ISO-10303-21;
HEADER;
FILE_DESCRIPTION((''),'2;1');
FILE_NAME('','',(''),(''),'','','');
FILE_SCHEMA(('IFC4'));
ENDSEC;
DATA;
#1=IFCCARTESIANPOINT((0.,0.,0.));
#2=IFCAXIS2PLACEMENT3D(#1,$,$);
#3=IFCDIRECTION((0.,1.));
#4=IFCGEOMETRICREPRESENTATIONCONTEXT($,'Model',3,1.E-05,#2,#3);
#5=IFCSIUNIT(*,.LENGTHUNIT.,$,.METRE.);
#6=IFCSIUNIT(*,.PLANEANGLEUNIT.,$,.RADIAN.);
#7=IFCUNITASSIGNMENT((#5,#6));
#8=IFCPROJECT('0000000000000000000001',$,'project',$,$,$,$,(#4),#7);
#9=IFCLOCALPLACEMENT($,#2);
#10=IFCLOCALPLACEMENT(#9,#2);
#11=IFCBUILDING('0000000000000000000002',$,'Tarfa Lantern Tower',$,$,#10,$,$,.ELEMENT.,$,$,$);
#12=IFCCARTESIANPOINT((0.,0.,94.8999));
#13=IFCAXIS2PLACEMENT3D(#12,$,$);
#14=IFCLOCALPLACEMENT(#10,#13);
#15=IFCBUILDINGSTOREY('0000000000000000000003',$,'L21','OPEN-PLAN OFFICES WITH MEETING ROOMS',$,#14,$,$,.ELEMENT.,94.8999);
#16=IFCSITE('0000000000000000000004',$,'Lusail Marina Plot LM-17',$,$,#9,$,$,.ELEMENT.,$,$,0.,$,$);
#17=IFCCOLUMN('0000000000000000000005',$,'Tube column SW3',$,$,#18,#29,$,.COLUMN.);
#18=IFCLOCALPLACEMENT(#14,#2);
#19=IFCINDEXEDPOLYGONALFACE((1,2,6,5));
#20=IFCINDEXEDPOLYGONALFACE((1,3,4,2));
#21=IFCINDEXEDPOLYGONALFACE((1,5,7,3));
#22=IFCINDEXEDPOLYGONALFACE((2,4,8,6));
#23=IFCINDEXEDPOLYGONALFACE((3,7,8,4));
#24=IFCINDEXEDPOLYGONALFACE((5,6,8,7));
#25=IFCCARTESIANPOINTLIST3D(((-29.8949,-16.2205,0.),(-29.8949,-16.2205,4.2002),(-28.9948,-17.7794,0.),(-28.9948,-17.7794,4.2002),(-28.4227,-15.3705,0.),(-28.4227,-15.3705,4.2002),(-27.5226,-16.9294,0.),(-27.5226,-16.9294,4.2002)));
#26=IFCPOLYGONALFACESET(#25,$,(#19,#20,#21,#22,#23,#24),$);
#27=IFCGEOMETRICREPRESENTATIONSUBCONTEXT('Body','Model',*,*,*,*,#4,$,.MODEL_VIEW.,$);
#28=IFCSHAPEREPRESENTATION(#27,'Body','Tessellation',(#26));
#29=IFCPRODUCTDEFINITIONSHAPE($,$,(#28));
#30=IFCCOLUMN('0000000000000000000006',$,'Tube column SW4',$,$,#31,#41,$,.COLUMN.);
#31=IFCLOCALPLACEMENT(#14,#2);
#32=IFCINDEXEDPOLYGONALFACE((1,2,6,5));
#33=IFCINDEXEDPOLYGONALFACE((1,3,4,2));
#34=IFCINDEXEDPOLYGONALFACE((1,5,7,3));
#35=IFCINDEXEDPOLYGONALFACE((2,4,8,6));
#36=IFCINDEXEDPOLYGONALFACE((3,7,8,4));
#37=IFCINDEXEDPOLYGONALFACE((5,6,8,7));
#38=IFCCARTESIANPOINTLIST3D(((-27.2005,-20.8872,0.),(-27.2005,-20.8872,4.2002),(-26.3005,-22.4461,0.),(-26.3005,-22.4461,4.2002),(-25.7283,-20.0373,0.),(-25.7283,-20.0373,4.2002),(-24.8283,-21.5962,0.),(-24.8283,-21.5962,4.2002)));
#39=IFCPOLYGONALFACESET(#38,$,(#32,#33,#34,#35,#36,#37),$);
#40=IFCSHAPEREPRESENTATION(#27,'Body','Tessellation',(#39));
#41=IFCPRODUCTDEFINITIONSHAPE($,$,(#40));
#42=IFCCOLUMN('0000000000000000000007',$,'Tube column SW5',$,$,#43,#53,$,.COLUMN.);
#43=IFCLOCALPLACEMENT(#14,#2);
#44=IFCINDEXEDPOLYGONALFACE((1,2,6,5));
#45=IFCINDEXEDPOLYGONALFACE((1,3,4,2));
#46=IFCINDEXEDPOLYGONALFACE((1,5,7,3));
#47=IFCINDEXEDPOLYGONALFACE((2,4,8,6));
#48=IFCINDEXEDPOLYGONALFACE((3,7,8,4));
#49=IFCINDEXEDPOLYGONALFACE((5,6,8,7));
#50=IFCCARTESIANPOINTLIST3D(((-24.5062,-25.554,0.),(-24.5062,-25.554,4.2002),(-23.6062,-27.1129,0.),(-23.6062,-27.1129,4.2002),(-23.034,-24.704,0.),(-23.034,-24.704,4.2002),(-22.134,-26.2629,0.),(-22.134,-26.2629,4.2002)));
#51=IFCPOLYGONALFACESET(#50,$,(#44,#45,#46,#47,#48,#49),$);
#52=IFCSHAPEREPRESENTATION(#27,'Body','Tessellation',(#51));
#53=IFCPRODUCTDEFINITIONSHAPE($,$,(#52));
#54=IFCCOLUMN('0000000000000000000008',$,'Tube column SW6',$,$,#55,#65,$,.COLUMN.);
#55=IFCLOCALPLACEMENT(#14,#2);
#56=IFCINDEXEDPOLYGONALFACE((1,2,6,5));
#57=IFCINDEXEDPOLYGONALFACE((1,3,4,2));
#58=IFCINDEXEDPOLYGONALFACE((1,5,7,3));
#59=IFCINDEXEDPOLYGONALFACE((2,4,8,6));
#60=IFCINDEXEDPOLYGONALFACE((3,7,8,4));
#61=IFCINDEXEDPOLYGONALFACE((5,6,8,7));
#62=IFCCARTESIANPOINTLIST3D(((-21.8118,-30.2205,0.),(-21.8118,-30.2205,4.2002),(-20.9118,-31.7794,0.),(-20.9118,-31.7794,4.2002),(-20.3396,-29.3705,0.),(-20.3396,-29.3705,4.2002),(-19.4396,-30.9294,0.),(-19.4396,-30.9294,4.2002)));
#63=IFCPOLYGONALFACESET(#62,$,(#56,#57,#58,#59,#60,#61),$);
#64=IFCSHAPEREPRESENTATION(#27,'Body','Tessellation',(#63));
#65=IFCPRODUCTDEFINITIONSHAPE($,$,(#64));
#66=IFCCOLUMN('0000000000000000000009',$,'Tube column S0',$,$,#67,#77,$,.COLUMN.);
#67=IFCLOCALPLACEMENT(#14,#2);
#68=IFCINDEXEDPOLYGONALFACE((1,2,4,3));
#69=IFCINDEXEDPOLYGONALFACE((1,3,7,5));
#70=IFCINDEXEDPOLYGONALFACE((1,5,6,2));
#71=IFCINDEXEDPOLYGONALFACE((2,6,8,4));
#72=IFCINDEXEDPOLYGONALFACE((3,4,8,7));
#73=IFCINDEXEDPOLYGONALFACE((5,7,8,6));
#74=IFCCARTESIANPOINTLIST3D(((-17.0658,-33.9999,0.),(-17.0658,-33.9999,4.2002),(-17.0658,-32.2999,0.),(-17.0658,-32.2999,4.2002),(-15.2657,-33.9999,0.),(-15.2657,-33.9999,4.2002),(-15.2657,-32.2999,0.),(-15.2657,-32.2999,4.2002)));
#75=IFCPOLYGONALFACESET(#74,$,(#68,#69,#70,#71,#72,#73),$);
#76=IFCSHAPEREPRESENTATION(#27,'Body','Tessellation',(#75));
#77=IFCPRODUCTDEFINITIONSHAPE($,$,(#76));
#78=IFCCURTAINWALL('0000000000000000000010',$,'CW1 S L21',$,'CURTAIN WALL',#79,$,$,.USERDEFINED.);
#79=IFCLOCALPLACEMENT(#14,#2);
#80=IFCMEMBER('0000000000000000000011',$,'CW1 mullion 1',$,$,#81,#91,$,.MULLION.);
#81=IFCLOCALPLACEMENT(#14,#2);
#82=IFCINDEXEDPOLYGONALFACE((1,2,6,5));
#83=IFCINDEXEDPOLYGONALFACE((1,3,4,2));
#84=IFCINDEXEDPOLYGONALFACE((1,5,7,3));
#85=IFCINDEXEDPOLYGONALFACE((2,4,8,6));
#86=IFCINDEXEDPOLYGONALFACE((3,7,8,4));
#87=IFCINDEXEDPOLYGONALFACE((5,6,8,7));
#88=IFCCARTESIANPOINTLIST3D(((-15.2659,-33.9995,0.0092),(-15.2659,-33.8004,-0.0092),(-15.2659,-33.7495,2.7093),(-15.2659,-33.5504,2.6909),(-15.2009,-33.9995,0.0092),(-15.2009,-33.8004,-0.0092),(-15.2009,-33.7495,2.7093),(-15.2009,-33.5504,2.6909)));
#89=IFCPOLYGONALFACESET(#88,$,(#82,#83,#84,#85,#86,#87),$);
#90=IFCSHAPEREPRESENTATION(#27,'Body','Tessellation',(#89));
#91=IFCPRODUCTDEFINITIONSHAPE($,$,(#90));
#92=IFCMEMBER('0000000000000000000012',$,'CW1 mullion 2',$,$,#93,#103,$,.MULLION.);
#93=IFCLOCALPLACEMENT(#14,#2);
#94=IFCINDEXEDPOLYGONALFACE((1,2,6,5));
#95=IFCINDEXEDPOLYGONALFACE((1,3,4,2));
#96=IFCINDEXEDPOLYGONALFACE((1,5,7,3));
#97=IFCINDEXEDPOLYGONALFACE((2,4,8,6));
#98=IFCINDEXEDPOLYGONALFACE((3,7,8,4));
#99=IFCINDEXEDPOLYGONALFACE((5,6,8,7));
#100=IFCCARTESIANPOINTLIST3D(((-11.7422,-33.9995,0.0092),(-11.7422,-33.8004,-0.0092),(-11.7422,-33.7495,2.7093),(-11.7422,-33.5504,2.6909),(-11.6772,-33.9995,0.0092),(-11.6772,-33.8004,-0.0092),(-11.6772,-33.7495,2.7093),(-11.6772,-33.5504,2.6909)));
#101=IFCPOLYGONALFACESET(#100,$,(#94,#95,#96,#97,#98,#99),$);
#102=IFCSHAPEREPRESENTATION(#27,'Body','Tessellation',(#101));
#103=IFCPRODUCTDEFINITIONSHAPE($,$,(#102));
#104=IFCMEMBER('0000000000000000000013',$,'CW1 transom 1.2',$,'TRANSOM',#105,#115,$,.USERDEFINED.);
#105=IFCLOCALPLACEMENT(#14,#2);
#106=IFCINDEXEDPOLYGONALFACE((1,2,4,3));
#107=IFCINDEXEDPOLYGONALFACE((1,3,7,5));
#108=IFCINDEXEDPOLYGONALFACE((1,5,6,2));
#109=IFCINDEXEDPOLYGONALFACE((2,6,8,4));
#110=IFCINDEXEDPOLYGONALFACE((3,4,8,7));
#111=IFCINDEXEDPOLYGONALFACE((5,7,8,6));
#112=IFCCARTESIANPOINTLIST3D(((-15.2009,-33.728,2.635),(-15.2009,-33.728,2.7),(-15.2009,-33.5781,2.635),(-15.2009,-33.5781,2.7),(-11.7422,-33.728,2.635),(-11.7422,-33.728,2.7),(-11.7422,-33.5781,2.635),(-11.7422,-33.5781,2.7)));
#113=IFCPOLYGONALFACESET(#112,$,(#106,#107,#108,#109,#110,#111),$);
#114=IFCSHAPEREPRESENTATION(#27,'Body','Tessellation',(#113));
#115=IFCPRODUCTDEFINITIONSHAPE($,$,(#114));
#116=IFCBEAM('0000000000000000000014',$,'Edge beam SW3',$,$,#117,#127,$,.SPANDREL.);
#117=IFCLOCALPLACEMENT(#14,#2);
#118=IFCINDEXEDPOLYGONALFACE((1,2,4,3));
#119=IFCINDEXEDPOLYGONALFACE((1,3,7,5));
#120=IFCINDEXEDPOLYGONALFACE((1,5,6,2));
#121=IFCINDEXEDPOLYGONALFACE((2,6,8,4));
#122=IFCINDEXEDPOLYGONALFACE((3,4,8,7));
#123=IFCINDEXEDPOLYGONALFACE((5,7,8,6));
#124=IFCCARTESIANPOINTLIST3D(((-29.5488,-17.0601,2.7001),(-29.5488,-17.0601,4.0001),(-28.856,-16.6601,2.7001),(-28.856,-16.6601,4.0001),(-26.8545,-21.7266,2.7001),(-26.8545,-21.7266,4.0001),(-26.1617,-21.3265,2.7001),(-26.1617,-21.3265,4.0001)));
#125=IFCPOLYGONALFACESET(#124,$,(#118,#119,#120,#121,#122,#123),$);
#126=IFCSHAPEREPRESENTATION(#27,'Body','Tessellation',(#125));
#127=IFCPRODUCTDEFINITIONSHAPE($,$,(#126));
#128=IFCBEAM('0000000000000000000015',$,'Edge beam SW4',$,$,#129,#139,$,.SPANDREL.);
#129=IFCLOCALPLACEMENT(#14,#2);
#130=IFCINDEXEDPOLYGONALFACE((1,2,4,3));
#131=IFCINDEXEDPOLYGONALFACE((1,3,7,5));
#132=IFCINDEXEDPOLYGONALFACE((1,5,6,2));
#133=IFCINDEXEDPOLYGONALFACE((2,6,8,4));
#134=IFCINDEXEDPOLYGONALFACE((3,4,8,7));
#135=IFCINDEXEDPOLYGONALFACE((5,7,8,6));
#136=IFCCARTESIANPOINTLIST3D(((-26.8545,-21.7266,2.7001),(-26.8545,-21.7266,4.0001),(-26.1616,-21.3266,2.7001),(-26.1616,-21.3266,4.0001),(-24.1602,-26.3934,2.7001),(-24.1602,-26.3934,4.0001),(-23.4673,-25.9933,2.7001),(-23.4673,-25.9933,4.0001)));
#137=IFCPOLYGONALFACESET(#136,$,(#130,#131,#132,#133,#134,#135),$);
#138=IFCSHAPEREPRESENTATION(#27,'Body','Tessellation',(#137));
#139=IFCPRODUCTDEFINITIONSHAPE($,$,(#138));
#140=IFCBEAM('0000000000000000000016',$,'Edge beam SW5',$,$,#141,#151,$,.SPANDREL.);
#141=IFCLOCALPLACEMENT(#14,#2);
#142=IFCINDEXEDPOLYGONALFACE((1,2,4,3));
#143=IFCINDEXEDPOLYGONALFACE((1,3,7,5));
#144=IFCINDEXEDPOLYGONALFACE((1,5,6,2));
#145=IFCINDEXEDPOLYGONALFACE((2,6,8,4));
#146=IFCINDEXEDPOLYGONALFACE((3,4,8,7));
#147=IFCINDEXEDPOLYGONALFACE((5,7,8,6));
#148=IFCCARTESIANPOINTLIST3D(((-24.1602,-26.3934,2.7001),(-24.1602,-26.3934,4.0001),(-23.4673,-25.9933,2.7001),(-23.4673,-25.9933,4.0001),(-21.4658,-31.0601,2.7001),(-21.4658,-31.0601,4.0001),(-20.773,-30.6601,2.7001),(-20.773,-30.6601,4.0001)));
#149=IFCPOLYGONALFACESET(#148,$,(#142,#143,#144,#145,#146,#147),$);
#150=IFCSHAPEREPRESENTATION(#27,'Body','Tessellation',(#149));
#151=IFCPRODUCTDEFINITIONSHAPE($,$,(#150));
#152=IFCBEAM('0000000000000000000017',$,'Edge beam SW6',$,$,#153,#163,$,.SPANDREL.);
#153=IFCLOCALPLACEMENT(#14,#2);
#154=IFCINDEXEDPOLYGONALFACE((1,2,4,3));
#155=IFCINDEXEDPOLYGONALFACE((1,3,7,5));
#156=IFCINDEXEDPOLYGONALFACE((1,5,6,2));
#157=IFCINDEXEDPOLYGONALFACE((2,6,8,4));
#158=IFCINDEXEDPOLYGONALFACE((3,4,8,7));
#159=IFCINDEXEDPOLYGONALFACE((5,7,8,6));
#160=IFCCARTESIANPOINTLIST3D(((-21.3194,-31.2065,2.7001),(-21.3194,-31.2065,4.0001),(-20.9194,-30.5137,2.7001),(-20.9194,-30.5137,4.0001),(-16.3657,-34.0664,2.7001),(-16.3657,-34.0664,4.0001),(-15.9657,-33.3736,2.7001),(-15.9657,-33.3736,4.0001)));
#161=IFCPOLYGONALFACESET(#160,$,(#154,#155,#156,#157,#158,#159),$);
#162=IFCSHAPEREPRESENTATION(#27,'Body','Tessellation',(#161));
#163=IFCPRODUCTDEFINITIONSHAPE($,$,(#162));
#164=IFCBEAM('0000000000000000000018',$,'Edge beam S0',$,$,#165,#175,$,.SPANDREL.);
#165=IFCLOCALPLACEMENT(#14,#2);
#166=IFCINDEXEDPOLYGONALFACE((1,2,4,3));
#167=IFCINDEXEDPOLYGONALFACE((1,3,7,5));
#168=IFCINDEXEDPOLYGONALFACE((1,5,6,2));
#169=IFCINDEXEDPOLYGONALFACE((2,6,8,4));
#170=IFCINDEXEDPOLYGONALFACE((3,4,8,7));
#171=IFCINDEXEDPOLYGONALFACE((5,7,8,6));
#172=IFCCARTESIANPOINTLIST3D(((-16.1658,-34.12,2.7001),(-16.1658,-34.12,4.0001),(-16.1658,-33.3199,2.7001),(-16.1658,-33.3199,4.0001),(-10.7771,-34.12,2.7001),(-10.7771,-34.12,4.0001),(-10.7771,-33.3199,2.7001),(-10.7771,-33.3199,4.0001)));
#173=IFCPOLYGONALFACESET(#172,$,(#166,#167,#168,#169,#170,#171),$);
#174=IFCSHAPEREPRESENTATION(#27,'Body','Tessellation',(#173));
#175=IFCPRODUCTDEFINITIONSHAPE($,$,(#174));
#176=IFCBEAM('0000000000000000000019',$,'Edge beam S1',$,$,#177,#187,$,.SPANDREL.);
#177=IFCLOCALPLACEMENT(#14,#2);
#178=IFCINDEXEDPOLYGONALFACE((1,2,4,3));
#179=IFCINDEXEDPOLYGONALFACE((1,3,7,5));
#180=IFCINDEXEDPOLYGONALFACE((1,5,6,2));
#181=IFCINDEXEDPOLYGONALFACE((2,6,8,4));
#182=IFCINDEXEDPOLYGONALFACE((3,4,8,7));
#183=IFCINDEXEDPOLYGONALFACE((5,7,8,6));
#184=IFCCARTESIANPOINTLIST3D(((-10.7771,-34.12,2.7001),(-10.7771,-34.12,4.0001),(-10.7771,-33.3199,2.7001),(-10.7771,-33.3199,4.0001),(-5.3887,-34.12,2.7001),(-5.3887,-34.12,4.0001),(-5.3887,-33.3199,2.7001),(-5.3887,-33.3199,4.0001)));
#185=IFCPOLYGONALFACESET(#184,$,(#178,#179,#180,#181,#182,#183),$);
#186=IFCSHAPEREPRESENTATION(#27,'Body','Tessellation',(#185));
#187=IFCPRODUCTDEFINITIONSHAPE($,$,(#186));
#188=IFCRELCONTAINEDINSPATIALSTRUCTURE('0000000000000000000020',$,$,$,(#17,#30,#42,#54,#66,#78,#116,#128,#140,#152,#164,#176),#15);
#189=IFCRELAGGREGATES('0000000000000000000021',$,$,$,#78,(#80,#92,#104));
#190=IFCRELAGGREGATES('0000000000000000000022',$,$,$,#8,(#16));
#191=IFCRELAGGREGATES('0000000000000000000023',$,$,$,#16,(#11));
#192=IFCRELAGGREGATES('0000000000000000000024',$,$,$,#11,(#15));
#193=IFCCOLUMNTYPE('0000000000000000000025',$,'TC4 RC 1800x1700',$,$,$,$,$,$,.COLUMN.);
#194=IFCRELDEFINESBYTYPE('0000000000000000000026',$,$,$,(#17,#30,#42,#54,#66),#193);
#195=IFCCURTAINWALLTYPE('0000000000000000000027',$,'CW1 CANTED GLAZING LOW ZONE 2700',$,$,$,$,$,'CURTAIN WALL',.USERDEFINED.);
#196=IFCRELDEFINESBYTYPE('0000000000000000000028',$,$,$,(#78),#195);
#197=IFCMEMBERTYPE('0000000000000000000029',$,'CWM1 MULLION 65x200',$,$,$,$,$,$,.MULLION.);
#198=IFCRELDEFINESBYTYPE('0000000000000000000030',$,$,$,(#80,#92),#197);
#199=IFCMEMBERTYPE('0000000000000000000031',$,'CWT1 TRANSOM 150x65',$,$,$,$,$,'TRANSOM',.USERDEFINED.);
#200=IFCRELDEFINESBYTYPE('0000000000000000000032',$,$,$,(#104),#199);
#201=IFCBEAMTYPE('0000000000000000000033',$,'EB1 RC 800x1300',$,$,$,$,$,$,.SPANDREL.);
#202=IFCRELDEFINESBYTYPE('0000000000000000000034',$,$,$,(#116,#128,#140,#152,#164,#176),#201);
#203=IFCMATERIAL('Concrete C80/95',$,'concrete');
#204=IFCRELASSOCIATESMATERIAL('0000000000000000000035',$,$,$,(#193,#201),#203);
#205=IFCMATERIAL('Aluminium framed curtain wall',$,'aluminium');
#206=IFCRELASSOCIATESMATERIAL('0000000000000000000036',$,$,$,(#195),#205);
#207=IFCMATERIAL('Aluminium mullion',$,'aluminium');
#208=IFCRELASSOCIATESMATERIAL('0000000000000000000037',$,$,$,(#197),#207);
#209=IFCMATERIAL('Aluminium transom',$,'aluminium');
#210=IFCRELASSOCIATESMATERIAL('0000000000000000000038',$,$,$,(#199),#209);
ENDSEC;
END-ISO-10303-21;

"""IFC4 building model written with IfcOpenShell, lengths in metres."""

from ifc_helpers import new_model, si_unit, direction, frame, origin, origin_2d, place, context, subcontext, project, spatial, rectangle, extrude, material, material_profile, profile_set, type_object, element, aggregate, save


model = new_model("IFC4")

# Units and contexts
model_context = context("Model", 3, precision=1e-05, world=origin(), true_north=direction((0.0, 1.0)))
body_context = subcontext(model_context, "Body", "Model", "MODEL_VIEW")
ifc_project = project(units=[si_unit("LENGTHUNIT", "METRE"), si_unit("PLANEANGLEUNIT", "RADIAN")], contexts=[model_context])

# Site, building, storey
site_placement = place(None, origin())
site = spatial("IfcSite", under=ifc_project, at=site_placement, Name="Lusail Marina Plot LM-17", CompositionType="ELEMENT", RefElevation=0.0)
building_placement = place(site_placement, origin())
building = spatial("IfcBuilding", under=site, at=building_placement, Name="Tarfa Lantern Tower", CompositionType="ELEMENT")
storey_placement = place(building_placement, frame((0.0, 0.0, 94.8999)))
storey = spatial("IfcBuildingStorey", under=building, at=storey_placement, Name="L21", Description="OPEN-PLAN OFFICES WITH MEETING ROOMS", CompositionType="ELEMENT", Elevation=94.8999)

# Columns
ifc_material_1 = material(Name="Concrete C80/95", Category="concrete")
ifc_material_profile_1 = material_profile(ifc_material_1, rectangle(XDim=1.8, YDim=1.7, at=origin_2d()), Name="RC 1800x1700")
ifc_profile_set_1 = profile_set([ifc_material_profile_1], Name="Concrete C80/95")
column_type = type_object("IfcColumnType", Name="TC4 RC 1800x1700", PredefinedType="COLUMN", material=ifc_profile_set_1)
for number, where, z_axis, x_axis, name in (
    (1, (-28.7087, -16.575, 0.0), (0.0, 0.0, 1.0), (0.5, -0.866025, 0.0), "Tube column SW3"),
    (2, (-26.0144, -21.2417, 0.0), (0.0, 0.0, 1.0), (0.5, -0.866025, 0.0), "Tube column SW4"),
    (3, (-23.3201, -25.9084, 0.0), (0.0, 0.0, 1.0), (0.5, -0.866025, 0.0), "Tube column SW5"),
    (4, (-20.6257, -30.575, 0.0), (0.0, 0.0, 1.0), (0.5, -0.866025, 0.0), "Tube column SW6"),
    (5, (-16.1658, -33.1499, 0.0), (0.0, 0.0, 1.0), (1.0, 0.0, 0.0), "Tube column S0"),
):
    element("IfcColumn", number, at=place(storey_placement, frame(where, z_axis=z_axis, x_axis=x_axis)), inside=storey, type_object=column_type, Name=name, PredefinedType="COLUMN", context=body_context, shape_type="SweptSolid", body=[
        extrude(rectangle(XDim=1.8, YDim=1.7, at=origin_2d()), origin(), (0.0, 0.0, 1.0), 4.2002),
    ])

# Curtain wall, members
ifc_material_2 = material(Name="Aluminium framed curtain wall", Category="aluminium")
curtain_wall_type = type_object("IfcCurtainWallType", Name="CW1 CANTED GLAZING LOW ZONE 2700", ElementType="CURTAIN WALL", PredefinedType="USERDEFINED", material=ifc_material_2)
curtain_wall_placement = place(storey_placement, origin())
curtain_wall = element("IfcCurtainWall", 6, at=curtain_wall_placement, inside=storey, type_object=curtain_wall_type, Name="CW1 S L21", ObjectType="CURTAIN WALL", PredefinedType="USERDEFINED")
ifc_material_3 = material(Name="Aluminium mullion", Category="aluminium")
ifc_material_profile_2 = material_profile(ifc_material_3, rectangle(XDim=0.0649, YDim=0.2, at=origin_2d()), Name="AL MULLION 65x200")
ifc_profile_set_2 = profile_set([ifc_material_profile_2], Name="Aluminium mullion")
member_type_1 = type_object("IfcMemberType", Name="CWM1 MULLION 65x200", PredefinedType="MULLION", material=ifc_profile_set_2)
member_1_placement = place(storey_placement, frame((-15.2334, -33.8999, 0.0), z_axis=(0.0, 0.092192, 0.995741), x_axis=(-1.0, 0.0, 0.0)))
member_1 = element("IfcMember", 7, at=member_1_placement, type_object=member_type_1, Name="CW1 mullion 1", PredefinedType="MULLION", context=body_context, shape_type="SweptSolid", body=[
    extrude(rectangle(XDim=0.0649, YDim=0.2, at=origin_2d()), origin(), (0.0, 0.0, 1.0), 2.7117),
])
member_2_placement = place(storey_placement, frame((-11.7097, -33.8999, 0.0), z_axis=(0.0, 0.092192, 0.995741), x_axis=(-1.0, 0.0, 0.0)))
member_2 = element("IfcMember", 8, at=member_2_placement, type_object=member_type_1, Name="CW1 mullion 2", PredefinedType="MULLION", context=body_context, shape_type="SweptSolid", body=[
    extrude(rectangle(XDim=0.0649, YDim=0.2, at=origin_2d()), origin(), (0.0, 0.0, 1.0), 2.7117),
])
ifc_material_4 = material(Name="Aluminium transom", Category="aluminium")
ifc_material_profile_3 = material_profile(ifc_material_4, rectangle(XDim=0.1499, YDim=0.0649, at=origin_2d()), Name="AL TRANSOM 150x65")
ifc_profile_set_3 = profile_set([ifc_material_profile_3], Name="Aluminium transom")
member_type_2 = type_object("IfcMemberType", Name="CWT1 TRANSOM 150x65", ElementType="TRANSOM", PredefinedType="USERDEFINED", material=ifc_profile_set_3)
member_3_placement = place(storey_placement, frame((-15.2009, -33.6531, 2.6675), z_axis=(1.0, 0.0, 0.0), x_axis=(0.0, 1.0, 0.0)))
member_3 = element("IfcMember", 9, at=member_3_placement, type_object=member_type_2, Name="CW1 transom 1.2", ObjectType="TRANSOM", PredefinedType="USERDEFINED", context=body_context, shape_type="SweptSolid", body=[
    extrude(rectangle(XDim=0.1499, YDim=0.0649, at=origin_2d()), origin(), (0.0, 0.0, 1.0), 3.4587),
])

# Beams
ifc_material_profile_4 = material_profile(ifc_material_1, rectangle(XDim=0.8, YDim=1.3, at=origin_2d()), Name="RC 800x1300")
ifc_profile_set_4 = profile_set([ifc_material_profile_4], Name="Concrete C80/95")
beam_type_1 = type_object("IfcBeamType", Name="EB1 RC 800x1300", PredefinedType="SPANDREL", material=ifc_profile_set_4)
beam_1_placement = place(storey_placement, frame((-29.2024, -16.8601, 3.3501), z_axis=(0.500018, -0.866015, 0.0), x_axis=(0.866015, 0.500018, 0.0)))
element("IfcBeam", 10, at=beam_1_placement, inside=storey, type_object=beam_type_1, Name="Edge beam SW3", PredefinedType="SPANDREL", context=body_context, shape_type="SweptSolid", body=[
    extrude(rectangle(XDim=0.8, YDim=1.3, at=origin_2d()), origin(), (0.0, 0.0, 1.0), 5.3884),
])
for number, where, z_axis, x_axis, name in (
    (11, (-26.5081, -21.5266, 3.3501), (0.499998, -0.866026, 0.0), (0.866026, 0.499998, 0.0), "Edge beam SW4"),
    (12, (-23.8137, -26.1934, 3.3501), (0.499998, -0.866026, 0.0), (0.866026, 0.499998, 0.0), "Edge beam SW5"),
):
    element("IfcBeam", number, at=place(storey_placement, frame(where, z_axis=z_axis, x_axis=x_axis)), inside=storey, type_object=beam_type_1, Name=name, PredefinedType="SPANDREL", context=body_context, shape_type="SweptSolid", body=[
        extrude(rectangle(XDim=0.8, YDim=1.3, at=origin_2d()), origin(), (0.0, 0.0, 1.0), 5.3887),
    ])
beam_2_placement = place(storey_placement, frame((-21.1194, -30.8601, 3.3501), z_axis=(0.866033, -0.499986, 0.0), x_axis=(0.499986, 0.866033, 0.0)))
element("IfcBeam", 13, at=beam_2_placement, inside=storey, type_object=beam_type_1, Name="Edge beam SW6", PredefinedType="SPANDREL", context=body_context, shape_type="SweptSolid", body=[
    extrude(rectangle(XDim=0.8, YDim=1.3, at=origin_2d()), origin(), (0.0, 0.0, 1.0), 5.72),
])
beam_3_placement = place(storey_placement, frame((-16.1658, -33.72, 3.3501), z_axis=(1.0, 0.0, 0.0), x_axis=(0.0, 1.0, 0.0)))
element("IfcBeam", 14, at=beam_3_placement, inside=storey, type_object=beam_type_1, Name="Edge beam S0", PredefinedType="SPANDREL", context=body_context, shape_type="SweptSolid", body=[
    extrude(rectangle(XDim=0.8, YDim=1.3, at=origin_2d()), origin(), (0.0, 0.0, 1.0), 5.3887),
])
beam_4_placement = place(storey_placement, frame((-10.7771, -33.72, 3.3501), z_axis=(1.0, 0.0, 0.0), x_axis=(0.0, 1.0, 0.0)))
element("IfcBeam", 15, at=beam_4_placement, inside=storey, type_object=beam_type_1, Name="Edge beam S1", PredefinedType="SPANDREL", context=body_context, shape_type="SweptSolid", body=[
    extrude(rectangle(XDim=0.8, YDim=1.3, at=origin_2d()), origin(), (0.0, 0.0, 1.0), 5.3884),
])

aggregate(curtain_wall, [member_1, member_2, member_3])

save(model, "model.ifc")
